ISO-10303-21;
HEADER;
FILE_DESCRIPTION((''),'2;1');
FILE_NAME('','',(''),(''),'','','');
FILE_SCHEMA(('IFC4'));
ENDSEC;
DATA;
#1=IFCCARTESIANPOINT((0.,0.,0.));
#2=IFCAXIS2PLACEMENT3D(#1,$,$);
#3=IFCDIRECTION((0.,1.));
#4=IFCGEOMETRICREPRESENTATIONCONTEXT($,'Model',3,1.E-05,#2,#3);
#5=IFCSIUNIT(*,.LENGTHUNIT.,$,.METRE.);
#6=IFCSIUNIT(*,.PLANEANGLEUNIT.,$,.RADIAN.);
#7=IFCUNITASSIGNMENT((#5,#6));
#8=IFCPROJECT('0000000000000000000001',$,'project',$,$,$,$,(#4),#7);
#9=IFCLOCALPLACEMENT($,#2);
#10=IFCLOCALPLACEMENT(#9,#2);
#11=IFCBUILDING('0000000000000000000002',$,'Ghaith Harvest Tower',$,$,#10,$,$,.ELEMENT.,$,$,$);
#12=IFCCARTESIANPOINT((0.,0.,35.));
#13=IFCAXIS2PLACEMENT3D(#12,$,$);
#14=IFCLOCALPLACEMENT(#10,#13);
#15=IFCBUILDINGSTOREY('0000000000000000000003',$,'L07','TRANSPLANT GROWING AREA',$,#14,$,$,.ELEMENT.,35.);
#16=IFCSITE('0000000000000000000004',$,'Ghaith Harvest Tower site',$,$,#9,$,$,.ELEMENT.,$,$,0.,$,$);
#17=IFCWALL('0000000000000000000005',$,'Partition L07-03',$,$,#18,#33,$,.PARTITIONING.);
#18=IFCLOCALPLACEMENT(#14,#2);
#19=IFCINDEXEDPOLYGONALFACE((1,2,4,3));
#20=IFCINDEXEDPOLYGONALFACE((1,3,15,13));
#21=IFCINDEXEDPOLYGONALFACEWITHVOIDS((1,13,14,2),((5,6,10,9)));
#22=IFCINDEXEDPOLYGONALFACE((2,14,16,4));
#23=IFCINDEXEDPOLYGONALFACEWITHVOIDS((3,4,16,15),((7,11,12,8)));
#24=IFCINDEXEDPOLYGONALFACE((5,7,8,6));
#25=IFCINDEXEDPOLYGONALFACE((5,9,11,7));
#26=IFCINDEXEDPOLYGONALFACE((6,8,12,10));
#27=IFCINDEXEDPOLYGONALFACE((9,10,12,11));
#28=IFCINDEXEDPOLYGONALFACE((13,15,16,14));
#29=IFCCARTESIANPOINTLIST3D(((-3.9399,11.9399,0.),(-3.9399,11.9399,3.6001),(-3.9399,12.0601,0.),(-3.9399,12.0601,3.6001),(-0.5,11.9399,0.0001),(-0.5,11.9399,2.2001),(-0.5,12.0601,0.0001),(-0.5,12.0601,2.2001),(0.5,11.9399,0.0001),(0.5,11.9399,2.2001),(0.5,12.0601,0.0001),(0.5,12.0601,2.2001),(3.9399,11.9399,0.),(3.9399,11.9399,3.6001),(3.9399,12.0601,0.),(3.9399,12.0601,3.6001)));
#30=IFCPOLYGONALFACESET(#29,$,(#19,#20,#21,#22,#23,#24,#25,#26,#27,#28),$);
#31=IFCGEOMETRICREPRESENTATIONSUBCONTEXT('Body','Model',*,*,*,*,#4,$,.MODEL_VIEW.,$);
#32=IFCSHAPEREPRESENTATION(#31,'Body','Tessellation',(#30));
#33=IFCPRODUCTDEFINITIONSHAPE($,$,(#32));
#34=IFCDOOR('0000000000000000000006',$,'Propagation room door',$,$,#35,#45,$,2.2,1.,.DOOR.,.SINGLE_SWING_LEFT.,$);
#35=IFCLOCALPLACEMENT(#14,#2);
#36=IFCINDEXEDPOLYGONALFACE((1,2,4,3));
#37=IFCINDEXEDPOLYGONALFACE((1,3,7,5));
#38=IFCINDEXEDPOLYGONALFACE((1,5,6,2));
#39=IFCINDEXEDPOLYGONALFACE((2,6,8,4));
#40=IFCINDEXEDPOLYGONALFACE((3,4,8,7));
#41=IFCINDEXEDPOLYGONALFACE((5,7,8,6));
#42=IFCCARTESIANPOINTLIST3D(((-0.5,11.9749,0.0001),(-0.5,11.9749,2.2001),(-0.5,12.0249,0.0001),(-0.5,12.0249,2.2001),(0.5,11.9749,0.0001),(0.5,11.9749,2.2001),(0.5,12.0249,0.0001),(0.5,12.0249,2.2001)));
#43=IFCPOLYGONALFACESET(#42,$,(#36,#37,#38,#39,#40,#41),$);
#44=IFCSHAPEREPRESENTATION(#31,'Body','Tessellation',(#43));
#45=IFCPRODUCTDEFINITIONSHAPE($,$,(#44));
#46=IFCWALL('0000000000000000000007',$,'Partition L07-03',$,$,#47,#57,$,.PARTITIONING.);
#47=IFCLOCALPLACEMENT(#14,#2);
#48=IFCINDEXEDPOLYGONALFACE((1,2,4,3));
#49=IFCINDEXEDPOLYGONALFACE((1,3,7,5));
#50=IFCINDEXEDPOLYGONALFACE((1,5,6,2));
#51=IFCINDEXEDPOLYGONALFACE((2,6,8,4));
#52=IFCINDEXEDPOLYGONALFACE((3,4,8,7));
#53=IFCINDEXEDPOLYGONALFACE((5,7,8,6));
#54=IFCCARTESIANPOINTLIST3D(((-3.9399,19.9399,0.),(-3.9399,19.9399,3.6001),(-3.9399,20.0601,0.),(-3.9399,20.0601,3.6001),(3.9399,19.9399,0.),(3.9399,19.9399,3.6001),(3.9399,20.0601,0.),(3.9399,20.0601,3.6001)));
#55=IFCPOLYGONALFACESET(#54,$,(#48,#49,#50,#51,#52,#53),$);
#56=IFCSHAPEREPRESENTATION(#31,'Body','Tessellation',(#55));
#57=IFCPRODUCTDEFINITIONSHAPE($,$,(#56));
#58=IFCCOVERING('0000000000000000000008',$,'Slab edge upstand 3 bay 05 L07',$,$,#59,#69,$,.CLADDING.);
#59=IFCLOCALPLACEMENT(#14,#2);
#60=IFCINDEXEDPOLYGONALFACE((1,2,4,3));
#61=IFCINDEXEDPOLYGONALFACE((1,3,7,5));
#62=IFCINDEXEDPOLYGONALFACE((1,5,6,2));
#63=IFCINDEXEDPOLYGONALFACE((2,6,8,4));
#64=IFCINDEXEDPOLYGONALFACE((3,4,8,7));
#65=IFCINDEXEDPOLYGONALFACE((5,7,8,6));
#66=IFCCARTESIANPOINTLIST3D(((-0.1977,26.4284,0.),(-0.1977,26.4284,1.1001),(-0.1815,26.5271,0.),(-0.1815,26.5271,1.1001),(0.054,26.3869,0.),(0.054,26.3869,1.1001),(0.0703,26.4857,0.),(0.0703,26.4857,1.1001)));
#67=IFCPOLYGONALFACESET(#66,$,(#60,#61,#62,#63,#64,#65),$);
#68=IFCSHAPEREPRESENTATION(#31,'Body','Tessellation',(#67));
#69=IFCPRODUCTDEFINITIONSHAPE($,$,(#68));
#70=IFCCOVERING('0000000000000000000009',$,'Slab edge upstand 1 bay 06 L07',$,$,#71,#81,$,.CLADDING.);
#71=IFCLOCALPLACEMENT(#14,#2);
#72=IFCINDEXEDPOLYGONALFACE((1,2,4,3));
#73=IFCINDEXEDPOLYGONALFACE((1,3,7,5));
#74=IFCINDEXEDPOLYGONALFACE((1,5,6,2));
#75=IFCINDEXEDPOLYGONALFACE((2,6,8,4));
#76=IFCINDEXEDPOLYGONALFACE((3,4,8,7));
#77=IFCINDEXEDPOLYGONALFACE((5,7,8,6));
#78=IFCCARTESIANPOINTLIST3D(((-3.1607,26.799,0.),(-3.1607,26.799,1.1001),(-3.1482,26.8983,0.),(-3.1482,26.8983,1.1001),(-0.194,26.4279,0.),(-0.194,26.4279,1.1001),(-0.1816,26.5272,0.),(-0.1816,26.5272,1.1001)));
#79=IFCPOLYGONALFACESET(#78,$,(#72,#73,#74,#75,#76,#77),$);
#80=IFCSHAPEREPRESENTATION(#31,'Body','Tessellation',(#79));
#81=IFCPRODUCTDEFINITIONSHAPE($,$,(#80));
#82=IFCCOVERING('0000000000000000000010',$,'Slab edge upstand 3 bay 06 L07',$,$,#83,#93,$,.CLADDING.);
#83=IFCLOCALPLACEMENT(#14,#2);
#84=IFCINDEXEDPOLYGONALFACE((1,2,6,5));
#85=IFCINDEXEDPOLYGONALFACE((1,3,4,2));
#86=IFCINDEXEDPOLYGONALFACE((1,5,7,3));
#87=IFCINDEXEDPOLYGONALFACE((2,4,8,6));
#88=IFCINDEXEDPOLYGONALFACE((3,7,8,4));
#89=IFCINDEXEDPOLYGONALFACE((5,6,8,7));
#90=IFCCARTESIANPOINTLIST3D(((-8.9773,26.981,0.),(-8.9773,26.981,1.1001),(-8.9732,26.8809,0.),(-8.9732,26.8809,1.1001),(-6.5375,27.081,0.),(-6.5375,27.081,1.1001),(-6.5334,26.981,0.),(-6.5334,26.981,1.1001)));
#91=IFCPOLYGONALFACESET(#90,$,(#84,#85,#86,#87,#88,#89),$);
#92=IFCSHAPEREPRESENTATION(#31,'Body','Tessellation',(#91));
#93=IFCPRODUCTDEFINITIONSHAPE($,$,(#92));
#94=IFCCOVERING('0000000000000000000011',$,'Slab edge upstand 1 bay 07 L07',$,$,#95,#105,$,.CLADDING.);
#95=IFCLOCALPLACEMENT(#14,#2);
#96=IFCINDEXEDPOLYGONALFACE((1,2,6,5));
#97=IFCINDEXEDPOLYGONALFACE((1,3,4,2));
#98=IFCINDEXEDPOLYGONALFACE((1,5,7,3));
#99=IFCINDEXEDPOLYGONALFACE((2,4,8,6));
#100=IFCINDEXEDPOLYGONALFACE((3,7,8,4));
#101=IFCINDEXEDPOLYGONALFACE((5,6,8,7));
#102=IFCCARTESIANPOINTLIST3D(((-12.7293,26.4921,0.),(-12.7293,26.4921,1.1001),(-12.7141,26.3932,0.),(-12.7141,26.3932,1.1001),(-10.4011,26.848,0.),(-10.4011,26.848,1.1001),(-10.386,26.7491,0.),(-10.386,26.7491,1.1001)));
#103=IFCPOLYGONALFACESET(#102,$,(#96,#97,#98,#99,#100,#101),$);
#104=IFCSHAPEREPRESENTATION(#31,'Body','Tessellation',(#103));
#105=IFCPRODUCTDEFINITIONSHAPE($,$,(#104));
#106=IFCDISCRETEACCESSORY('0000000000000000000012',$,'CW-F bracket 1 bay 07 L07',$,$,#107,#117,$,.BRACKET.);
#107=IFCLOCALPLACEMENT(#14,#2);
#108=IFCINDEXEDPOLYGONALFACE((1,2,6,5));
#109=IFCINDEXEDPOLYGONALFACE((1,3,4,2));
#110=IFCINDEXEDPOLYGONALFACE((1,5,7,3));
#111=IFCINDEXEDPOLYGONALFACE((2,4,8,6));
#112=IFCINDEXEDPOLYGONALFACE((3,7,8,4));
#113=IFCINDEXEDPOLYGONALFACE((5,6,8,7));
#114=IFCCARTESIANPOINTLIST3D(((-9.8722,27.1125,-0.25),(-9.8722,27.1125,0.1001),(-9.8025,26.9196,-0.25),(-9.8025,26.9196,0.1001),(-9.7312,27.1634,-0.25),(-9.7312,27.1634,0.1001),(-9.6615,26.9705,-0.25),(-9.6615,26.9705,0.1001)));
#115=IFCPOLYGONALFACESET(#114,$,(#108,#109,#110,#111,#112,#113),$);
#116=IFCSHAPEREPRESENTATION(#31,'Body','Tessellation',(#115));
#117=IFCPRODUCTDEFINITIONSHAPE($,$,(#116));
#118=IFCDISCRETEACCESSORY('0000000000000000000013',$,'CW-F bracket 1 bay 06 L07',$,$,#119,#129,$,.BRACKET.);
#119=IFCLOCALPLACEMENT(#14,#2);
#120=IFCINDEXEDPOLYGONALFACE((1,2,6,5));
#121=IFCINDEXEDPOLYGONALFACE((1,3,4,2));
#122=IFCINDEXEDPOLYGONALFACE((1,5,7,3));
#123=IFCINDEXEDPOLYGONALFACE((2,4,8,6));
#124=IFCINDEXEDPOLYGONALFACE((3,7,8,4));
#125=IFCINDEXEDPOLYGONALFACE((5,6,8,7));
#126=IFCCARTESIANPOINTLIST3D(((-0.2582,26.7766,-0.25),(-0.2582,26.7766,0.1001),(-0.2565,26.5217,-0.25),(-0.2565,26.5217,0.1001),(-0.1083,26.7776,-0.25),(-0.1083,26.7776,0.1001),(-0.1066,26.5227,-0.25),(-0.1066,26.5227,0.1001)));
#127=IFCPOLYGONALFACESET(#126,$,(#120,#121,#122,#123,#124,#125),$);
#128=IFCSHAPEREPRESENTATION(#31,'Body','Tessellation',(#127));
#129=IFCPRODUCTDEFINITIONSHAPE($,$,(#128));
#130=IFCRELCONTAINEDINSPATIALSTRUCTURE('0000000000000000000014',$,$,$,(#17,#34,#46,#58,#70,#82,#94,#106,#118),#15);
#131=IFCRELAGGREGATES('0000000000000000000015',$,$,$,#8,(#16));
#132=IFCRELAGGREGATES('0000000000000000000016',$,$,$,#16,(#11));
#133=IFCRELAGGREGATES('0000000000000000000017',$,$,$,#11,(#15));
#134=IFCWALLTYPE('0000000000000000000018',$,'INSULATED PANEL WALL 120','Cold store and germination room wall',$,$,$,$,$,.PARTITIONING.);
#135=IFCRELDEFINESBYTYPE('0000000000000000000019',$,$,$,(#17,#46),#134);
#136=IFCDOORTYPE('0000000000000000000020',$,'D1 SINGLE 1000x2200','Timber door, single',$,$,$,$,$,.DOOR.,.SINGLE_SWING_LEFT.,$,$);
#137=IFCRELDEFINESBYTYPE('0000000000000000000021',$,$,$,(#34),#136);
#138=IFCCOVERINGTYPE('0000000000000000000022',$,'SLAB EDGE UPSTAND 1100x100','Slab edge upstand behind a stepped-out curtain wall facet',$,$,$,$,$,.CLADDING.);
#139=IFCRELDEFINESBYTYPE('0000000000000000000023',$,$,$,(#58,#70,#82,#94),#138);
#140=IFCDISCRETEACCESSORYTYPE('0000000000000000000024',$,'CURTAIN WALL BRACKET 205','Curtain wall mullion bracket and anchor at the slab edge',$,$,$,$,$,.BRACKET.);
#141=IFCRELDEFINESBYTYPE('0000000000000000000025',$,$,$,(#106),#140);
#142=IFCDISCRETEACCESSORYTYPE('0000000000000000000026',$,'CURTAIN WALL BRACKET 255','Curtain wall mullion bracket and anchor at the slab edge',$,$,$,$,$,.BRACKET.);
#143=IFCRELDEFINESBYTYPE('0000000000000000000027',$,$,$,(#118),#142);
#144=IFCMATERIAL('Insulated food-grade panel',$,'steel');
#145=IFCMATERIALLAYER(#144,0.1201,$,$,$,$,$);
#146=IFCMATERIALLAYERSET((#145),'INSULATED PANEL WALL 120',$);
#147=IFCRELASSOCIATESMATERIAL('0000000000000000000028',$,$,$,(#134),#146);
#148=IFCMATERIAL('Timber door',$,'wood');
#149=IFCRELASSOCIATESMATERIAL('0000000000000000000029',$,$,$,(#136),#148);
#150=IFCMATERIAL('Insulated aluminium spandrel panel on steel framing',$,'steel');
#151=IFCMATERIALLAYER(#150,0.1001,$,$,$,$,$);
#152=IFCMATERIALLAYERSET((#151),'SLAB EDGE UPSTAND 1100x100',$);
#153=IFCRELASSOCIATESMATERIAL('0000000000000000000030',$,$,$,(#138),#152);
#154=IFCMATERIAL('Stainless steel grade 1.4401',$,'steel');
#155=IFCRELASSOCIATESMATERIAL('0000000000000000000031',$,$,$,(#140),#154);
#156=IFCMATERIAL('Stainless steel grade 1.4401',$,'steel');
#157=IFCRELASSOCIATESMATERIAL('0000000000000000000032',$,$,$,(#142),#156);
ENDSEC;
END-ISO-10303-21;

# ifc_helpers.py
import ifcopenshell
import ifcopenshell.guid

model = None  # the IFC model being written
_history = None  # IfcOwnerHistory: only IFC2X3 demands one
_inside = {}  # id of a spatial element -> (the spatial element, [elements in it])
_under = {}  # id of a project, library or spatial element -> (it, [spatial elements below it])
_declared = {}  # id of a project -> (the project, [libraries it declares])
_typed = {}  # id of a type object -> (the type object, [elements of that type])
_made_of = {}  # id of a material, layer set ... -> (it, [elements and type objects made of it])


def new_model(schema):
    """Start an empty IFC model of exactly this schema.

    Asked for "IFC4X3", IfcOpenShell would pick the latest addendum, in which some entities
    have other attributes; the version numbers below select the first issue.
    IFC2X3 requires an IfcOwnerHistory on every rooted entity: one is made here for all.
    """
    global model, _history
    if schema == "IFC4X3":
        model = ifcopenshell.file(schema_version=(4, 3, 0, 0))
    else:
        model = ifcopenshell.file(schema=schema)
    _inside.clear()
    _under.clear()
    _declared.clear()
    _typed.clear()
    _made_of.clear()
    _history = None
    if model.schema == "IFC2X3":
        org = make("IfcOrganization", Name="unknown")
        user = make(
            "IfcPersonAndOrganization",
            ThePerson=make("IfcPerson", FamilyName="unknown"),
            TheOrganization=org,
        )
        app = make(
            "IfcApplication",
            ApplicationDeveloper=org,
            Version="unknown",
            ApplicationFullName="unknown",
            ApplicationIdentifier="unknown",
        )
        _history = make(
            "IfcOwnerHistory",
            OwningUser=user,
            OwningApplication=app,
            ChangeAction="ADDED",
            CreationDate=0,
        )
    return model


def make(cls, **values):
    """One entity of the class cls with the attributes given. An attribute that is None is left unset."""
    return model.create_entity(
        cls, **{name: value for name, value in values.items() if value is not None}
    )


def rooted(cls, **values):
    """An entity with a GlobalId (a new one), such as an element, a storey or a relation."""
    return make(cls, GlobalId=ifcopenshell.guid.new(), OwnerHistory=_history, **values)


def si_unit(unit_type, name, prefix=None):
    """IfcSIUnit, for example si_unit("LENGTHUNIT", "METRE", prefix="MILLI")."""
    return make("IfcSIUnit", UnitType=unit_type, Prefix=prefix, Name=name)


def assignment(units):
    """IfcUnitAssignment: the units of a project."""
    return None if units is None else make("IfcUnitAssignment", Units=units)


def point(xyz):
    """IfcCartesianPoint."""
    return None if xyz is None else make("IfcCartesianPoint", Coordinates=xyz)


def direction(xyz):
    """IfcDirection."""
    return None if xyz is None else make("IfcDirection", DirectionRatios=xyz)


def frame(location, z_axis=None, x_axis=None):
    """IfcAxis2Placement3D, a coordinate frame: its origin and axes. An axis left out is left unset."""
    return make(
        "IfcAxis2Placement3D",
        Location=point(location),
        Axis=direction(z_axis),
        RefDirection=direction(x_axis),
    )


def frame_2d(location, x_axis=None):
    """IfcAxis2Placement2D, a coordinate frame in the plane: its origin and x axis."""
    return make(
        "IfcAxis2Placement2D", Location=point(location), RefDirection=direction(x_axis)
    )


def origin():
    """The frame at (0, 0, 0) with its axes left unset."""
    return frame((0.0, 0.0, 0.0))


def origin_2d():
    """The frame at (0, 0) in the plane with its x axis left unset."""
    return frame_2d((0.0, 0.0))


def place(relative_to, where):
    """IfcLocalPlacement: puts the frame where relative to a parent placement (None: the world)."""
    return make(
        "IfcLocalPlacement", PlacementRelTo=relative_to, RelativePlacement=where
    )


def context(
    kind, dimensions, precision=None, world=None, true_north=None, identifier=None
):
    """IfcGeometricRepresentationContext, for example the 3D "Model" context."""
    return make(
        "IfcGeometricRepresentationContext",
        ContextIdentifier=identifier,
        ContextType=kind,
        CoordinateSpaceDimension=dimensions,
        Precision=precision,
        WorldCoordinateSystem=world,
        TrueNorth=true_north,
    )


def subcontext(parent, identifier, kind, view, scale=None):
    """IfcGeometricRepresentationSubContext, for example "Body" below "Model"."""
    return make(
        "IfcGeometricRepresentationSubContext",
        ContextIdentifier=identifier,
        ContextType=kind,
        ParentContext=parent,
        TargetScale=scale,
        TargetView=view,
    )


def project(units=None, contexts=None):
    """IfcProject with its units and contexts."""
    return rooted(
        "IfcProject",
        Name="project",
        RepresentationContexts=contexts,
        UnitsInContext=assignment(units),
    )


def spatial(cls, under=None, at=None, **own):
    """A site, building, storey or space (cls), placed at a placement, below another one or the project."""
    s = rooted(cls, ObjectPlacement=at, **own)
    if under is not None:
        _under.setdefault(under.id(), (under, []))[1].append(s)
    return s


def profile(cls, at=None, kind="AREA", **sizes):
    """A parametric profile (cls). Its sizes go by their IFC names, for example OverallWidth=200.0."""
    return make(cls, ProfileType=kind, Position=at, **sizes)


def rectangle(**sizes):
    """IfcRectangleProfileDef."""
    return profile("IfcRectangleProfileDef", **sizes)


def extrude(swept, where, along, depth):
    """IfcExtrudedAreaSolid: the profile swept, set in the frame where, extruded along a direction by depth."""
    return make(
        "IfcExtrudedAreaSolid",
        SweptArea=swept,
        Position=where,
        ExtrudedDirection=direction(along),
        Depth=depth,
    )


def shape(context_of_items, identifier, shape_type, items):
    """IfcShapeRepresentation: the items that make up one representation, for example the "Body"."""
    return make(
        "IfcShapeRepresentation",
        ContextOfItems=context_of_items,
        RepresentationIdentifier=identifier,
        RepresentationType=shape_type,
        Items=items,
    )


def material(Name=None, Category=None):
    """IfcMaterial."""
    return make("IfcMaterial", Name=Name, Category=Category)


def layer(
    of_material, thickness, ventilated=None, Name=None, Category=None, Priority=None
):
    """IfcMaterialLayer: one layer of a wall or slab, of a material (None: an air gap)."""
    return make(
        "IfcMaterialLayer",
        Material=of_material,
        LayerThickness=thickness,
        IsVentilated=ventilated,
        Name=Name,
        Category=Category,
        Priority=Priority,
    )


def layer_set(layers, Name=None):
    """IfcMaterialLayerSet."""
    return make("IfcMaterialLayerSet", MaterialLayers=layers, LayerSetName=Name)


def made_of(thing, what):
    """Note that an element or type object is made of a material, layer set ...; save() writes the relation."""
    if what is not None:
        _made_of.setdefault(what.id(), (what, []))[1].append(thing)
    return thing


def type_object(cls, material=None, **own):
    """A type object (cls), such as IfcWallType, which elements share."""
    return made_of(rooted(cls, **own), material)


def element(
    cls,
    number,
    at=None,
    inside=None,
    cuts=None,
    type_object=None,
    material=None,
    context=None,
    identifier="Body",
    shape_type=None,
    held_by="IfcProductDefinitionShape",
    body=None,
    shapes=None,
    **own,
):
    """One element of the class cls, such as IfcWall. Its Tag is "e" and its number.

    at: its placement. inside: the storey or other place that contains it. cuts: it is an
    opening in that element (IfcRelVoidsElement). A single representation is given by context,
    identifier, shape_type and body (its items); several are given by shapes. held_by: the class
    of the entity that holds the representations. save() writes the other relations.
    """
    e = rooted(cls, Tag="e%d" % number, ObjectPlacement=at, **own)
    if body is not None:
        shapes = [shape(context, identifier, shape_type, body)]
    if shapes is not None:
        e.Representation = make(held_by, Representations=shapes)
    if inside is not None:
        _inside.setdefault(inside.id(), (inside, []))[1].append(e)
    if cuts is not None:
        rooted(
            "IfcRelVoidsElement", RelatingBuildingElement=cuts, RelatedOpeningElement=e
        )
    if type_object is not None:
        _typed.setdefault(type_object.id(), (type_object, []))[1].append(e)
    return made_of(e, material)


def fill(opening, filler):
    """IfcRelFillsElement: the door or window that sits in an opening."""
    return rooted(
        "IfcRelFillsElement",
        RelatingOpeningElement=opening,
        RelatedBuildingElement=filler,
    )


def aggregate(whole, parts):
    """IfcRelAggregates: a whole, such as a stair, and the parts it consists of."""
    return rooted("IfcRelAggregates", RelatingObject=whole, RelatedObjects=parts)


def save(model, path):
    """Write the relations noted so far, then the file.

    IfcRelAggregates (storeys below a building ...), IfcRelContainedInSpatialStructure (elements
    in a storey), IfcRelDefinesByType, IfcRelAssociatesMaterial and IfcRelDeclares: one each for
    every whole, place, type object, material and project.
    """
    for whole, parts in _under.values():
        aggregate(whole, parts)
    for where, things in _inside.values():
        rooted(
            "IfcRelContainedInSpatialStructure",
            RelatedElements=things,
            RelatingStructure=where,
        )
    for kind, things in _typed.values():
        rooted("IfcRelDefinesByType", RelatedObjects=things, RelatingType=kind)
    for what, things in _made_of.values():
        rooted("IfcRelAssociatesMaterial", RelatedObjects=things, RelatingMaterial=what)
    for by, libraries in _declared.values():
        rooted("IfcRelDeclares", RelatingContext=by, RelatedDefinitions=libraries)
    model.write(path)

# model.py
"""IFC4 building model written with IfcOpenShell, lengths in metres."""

from ifc_helpers import new_model, si_unit, direction, frame, frame_2d, origin, origin_2d, place, context, subcontext, project, spatial, rectangle, extrude, material, layer, layer_set, type_object, element, fill, save


model = new_model("IFC4")

# Units and contexts
model_context = context("Model", 3, precision=1e-05, world=origin(), true_north=direction((0.0, 1.0)))
body_context = subcontext(model_context, "Body", "Model", "MODEL_VIEW")
ifc_project = project(units=[si_unit("LENGTHUNIT", "METRE"), si_unit("PLANEANGLEUNIT", "RADIAN")], contexts=[model_context])

# Site, building, storey
site_placement = place(None, origin())
site = spatial("IfcSite", under=ifc_project, at=site_placement, Name="Ghaith Harvest Tower site", CompositionType="ELEMENT", RefElevation=0.0)
building_placement = place(site_placement, origin())
building = spatial("IfcBuilding", under=site, at=building_placement, Name="Ghaith Harvest Tower", CompositionType="ELEMENT")
storey_placement = place(building_placement, frame((0.0, 0.0, 35.0)))
storey = spatial("IfcBuildingStorey", under=building, at=storey_placement, Name="L07", Description="TRANSPLANT GROWING AREA", CompositionType="ELEMENT", Elevation=35.0)

# Shared definitions
ifc_material_1 = material(Name="Insulated food-grade panel", Category="steel")
ifc_layer_1 = layer(ifc_material_1, 0.1201)
ifc_layer_set_1 = layer_set([ifc_layer_1], Name="INSULATED PANEL WALL 120")
wall_type = type_object("IfcWallType", Name="INSULATED PANEL WALL 120", Description="Cold store and germination room wall", PredefinedType="PARTITIONING", material=ifc_layer_set_1)

# Shared definitions
ifc_material_2 = material(Name="Timber door", Category="wood")
door_type = type_object("IfcDoorType", Name="D1 SINGLE 1000x2200", Description="Timber door, single", OperationType="SINGLE_SWING_LEFT", PredefinedType="DOOR", material=ifc_material_2)

# Wall, opening, door
wall_1_placement = place(storey_placement, frame((-3.9399, 12.0, 0.0), z_axis=(0.0, 0.0, 1.0), x_axis=(1.0, 0.0, 0.0)))
wall_1 = element("IfcWall", 1, at=wall_1_placement, inside=storey, type_object=wall_type, Name="Partition L07-03", PredefinedType="PARTITIONING", context=body_context, shape_type="SweptSolid", body=[
    extrude(rectangle(XDim=7.8799, YDim=0.1201, at=frame_2d((3.9399, 0.0))), origin(), (0.0, 0.0, 1.0), 3.6001),
])
opening_1_placement = place(wall_1_placement, frame((3.4399, 0.0, 0.0)))
opening_1 = element("IfcOpeningElement", 2, at=opening_1_placement, cuts=wall_1, PredefinedType="OPENING", context=body_context, shape_type="SweptSolid", body=[
    extrude(rectangle(XDim=1.0, YDim=2.2, at=frame_2d((0.5, 1.1001))), frame((0.0, 0.0701, 0.0), z_axis=(0.0, -1.0, 0.0), x_axis=(1.0, 0.0, 0.0)), (0.0, 0.0, 1.0), 0.1401),
])
door_1_placement = place(opening_1_placement, origin())
door_1 = element("IfcDoor", 3, at=door_1_placement, inside=storey, type_object=door_type, Name="Propagation room door", OperationType="SINGLE_SWING_LEFT", OverallHeight=2.2, OverallWidth=1.0, PredefinedType="DOOR", context=body_context, shape_type="SweptSolid", body=[
    extrude(rectangle(XDim=1.0, YDim=2.2, at=frame_2d((0.5, 1.1001))), frame((0.0, 0.0249, 0.0), z_axis=(0.0, -1.0, 0.0), x_axis=(1.0, 0.0, 0.0)), (0.0, 0.0, 1.0), 0.05),
])
fill(opening_1, door_1)

# Wall
wall_2_placement = place(storey_placement, frame((-3.9399, 20.0, 0.0), z_axis=(0.0, 0.0, 1.0), x_axis=(1.0, 0.0, 0.0)))
element("IfcWall", 4, at=wall_2_placement, inside=storey, type_object=wall_type, Name="Partition L07-03", PredefinedType="PARTITIONING", context=body_context, shape_type="SweptSolid", body=[
    extrude(rectangle(XDim=7.8799, YDim=0.1201, at=frame_2d((3.9399, 0.0))), origin(), (0.0, 0.0, 1.0), 3.6001),
])

# Coverings
ifc_material_3 = material(Name="Insulated aluminium spandrel panel on steel framing", Category="steel")
ifc_layer_2 = layer(ifc_material_3, 0.1001)
ifc_layer_set_2 = layer_set([ifc_layer_2], Name="SLAB EDGE UPSTAND 1100x100")
covering_type = type_object("IfcCoveringType", Name="SLAB EDGE UPSTAND 1100x100", Description="Slab edge upstand behind a stepped-out curtain wall facet", PredefinedType="CLADDING", material=ifc_layer_set_2)
covering_1_placement = place(storey_placement, frame((-0.0637, 26.457, 0.0), z_axis=(0.0, 0.0, 1.0), x_axis=(-0.986716, 0.162453, 0.0)))
element("IfcCovering", 5, at=covering_1_placement, inside=storey, type_object=covering_type, Name="Slab edge upstand 3 bay 05 L07", PredefinedType="CLADDING", context=body_context, shape_type="SweptSolid", body=[
    extrude(rectangle(XDim=0.2551, YDim=0.1001, at=origin_2d()), origin(), (0.0, 0.0, 1.0), 1.1001),
])
covering_2_placement = place(storey_placement, frame((-1.6711, 26.6631, 0.0), z_axis=(0.0, 0.0, 1.0), x_axis=(-0.992265, 0.124139, 0.0)))
element("IfcCovering", 6, at=covering_2_placement, inside=storey, type_object=covering_type, Name="Slab edge upstand 1 bay 06 L07", PredefinedType="CLADDING", context=body_context, shape_type="SweptSolid", body=[
    extrude(rectangle(XDim=2.9897, YDim=0.1001, at=origin_2d()), origin(), (0.0, 0.0, 1.0), 1.1001),
])
covering_3_placement = place(storey_placement, frame((-7.7554, 26.981, 0.0), z_axis=(0.0, 0.0, 1.0), x_axis=(-0.999161, -0.040957, 0.0)))
element("IfcCovering", 7, at=covering_3_placement, inside=storey, type_object=covering_type, Name="Slab edge upstand 3 bay 06 L07", PredefinedType="CLADDING", context=body_context, shape_type="SweptSolid", body=[
    extrude(rectangle(XDim=2.4419, YDim=0.1001, at=origin_2d()), origin(), (0.0, 0.0, 1.0), 1.1001),
])
covering_4_placement = place(storey_placement, frame((-11.5576, 26.6206, 0.0), z_axis=(0.0, 0.0, 1.0), x_axis=(-0.988518, -0.151104, 0.0)))
element("IfcCovering", 8, at=covering_4_placement, inside=storey, type_object=covering_type, Name="Slab edge upstand 1 bay 07 L07", PredefinedType="CLADDING", context=body_context, shape_type="SweptSolid", body=[
    extrude(rectangle(XDim=2.3552, YDim=0.1001, at=origin_2d()), origin(), (0.0, 0.0, 1.0), 1.1001),
])

# Discrete accessories
ifc_material_4 = material(Name="Stainless steel grade 1.4401", Category="steel")
discrete_accessory_type_1 = type_object("IfcDiscreteAccessoryType", Name="CURTAIN WALL BRACKET 205", Description="Curtain wall mullion bracket and anchor at the slab edge", PredefinedType="BRACKET", material=ifc_material_4)
discrete_accessory_1_placement = place(storey_placement, frame((-9.7668, 27.0415, -0.25), z_axis=(0.0, 0.0, 1.0), x_axis=(-0.339699, 0.940534, 0.0)))
element("IfcDiscreteAccessory", 9, at=discrete_accessory_1_placement, inside=storey, type_object=discrete_accessory_type_1, Name="CW-F bracket 1 bay 07 L07", PredefinedType="BRACKET", context=body_context, shape_type="SweptSolid", body=[
    extrude(rectangle(XDim=0.2051, YDim=0.1499, at=origin_2d()), origin(), (0.0, 0.0, 1.0), 0.3501),
])
ifc_material_5 = material(Name="Stainless steel grade 1.4401", Category="steel")
discrete_accessory_type_2 = type_object("IfcDiscreteAccessoryType", Name="CURTAIN WALL BRACKET 255", Description="Curtain wall mullion bracket and anchor at the slab edge", PredefinedType="BRACKET", material=ifc_material_5)
discrete_accessory_2_placement = place(storey_placement, frame((-0.1824, 26.6497, -0.25), z_axis=(0.0, 0.0, 1.0), x_axis=(-0.006844, 0.999977, 0.0)))
element("IfcDiscreteAccessory", 10, at=discrete_accessory_2_placement, inside=storey, type_object=discrete_accessory_type_2, Name="CW-F bracket 1 bay 06 L07", PredefinedType="BRACKET", context=body_context, shape_type="SweptSolid", body=[
    extrude(rectangle(XDim=0.2549, YDim=0.1499, at=origin_2d()), origin(), (0.0, 0.0, 1.0), 0.3501),
])

save(model, "model.ifc")
